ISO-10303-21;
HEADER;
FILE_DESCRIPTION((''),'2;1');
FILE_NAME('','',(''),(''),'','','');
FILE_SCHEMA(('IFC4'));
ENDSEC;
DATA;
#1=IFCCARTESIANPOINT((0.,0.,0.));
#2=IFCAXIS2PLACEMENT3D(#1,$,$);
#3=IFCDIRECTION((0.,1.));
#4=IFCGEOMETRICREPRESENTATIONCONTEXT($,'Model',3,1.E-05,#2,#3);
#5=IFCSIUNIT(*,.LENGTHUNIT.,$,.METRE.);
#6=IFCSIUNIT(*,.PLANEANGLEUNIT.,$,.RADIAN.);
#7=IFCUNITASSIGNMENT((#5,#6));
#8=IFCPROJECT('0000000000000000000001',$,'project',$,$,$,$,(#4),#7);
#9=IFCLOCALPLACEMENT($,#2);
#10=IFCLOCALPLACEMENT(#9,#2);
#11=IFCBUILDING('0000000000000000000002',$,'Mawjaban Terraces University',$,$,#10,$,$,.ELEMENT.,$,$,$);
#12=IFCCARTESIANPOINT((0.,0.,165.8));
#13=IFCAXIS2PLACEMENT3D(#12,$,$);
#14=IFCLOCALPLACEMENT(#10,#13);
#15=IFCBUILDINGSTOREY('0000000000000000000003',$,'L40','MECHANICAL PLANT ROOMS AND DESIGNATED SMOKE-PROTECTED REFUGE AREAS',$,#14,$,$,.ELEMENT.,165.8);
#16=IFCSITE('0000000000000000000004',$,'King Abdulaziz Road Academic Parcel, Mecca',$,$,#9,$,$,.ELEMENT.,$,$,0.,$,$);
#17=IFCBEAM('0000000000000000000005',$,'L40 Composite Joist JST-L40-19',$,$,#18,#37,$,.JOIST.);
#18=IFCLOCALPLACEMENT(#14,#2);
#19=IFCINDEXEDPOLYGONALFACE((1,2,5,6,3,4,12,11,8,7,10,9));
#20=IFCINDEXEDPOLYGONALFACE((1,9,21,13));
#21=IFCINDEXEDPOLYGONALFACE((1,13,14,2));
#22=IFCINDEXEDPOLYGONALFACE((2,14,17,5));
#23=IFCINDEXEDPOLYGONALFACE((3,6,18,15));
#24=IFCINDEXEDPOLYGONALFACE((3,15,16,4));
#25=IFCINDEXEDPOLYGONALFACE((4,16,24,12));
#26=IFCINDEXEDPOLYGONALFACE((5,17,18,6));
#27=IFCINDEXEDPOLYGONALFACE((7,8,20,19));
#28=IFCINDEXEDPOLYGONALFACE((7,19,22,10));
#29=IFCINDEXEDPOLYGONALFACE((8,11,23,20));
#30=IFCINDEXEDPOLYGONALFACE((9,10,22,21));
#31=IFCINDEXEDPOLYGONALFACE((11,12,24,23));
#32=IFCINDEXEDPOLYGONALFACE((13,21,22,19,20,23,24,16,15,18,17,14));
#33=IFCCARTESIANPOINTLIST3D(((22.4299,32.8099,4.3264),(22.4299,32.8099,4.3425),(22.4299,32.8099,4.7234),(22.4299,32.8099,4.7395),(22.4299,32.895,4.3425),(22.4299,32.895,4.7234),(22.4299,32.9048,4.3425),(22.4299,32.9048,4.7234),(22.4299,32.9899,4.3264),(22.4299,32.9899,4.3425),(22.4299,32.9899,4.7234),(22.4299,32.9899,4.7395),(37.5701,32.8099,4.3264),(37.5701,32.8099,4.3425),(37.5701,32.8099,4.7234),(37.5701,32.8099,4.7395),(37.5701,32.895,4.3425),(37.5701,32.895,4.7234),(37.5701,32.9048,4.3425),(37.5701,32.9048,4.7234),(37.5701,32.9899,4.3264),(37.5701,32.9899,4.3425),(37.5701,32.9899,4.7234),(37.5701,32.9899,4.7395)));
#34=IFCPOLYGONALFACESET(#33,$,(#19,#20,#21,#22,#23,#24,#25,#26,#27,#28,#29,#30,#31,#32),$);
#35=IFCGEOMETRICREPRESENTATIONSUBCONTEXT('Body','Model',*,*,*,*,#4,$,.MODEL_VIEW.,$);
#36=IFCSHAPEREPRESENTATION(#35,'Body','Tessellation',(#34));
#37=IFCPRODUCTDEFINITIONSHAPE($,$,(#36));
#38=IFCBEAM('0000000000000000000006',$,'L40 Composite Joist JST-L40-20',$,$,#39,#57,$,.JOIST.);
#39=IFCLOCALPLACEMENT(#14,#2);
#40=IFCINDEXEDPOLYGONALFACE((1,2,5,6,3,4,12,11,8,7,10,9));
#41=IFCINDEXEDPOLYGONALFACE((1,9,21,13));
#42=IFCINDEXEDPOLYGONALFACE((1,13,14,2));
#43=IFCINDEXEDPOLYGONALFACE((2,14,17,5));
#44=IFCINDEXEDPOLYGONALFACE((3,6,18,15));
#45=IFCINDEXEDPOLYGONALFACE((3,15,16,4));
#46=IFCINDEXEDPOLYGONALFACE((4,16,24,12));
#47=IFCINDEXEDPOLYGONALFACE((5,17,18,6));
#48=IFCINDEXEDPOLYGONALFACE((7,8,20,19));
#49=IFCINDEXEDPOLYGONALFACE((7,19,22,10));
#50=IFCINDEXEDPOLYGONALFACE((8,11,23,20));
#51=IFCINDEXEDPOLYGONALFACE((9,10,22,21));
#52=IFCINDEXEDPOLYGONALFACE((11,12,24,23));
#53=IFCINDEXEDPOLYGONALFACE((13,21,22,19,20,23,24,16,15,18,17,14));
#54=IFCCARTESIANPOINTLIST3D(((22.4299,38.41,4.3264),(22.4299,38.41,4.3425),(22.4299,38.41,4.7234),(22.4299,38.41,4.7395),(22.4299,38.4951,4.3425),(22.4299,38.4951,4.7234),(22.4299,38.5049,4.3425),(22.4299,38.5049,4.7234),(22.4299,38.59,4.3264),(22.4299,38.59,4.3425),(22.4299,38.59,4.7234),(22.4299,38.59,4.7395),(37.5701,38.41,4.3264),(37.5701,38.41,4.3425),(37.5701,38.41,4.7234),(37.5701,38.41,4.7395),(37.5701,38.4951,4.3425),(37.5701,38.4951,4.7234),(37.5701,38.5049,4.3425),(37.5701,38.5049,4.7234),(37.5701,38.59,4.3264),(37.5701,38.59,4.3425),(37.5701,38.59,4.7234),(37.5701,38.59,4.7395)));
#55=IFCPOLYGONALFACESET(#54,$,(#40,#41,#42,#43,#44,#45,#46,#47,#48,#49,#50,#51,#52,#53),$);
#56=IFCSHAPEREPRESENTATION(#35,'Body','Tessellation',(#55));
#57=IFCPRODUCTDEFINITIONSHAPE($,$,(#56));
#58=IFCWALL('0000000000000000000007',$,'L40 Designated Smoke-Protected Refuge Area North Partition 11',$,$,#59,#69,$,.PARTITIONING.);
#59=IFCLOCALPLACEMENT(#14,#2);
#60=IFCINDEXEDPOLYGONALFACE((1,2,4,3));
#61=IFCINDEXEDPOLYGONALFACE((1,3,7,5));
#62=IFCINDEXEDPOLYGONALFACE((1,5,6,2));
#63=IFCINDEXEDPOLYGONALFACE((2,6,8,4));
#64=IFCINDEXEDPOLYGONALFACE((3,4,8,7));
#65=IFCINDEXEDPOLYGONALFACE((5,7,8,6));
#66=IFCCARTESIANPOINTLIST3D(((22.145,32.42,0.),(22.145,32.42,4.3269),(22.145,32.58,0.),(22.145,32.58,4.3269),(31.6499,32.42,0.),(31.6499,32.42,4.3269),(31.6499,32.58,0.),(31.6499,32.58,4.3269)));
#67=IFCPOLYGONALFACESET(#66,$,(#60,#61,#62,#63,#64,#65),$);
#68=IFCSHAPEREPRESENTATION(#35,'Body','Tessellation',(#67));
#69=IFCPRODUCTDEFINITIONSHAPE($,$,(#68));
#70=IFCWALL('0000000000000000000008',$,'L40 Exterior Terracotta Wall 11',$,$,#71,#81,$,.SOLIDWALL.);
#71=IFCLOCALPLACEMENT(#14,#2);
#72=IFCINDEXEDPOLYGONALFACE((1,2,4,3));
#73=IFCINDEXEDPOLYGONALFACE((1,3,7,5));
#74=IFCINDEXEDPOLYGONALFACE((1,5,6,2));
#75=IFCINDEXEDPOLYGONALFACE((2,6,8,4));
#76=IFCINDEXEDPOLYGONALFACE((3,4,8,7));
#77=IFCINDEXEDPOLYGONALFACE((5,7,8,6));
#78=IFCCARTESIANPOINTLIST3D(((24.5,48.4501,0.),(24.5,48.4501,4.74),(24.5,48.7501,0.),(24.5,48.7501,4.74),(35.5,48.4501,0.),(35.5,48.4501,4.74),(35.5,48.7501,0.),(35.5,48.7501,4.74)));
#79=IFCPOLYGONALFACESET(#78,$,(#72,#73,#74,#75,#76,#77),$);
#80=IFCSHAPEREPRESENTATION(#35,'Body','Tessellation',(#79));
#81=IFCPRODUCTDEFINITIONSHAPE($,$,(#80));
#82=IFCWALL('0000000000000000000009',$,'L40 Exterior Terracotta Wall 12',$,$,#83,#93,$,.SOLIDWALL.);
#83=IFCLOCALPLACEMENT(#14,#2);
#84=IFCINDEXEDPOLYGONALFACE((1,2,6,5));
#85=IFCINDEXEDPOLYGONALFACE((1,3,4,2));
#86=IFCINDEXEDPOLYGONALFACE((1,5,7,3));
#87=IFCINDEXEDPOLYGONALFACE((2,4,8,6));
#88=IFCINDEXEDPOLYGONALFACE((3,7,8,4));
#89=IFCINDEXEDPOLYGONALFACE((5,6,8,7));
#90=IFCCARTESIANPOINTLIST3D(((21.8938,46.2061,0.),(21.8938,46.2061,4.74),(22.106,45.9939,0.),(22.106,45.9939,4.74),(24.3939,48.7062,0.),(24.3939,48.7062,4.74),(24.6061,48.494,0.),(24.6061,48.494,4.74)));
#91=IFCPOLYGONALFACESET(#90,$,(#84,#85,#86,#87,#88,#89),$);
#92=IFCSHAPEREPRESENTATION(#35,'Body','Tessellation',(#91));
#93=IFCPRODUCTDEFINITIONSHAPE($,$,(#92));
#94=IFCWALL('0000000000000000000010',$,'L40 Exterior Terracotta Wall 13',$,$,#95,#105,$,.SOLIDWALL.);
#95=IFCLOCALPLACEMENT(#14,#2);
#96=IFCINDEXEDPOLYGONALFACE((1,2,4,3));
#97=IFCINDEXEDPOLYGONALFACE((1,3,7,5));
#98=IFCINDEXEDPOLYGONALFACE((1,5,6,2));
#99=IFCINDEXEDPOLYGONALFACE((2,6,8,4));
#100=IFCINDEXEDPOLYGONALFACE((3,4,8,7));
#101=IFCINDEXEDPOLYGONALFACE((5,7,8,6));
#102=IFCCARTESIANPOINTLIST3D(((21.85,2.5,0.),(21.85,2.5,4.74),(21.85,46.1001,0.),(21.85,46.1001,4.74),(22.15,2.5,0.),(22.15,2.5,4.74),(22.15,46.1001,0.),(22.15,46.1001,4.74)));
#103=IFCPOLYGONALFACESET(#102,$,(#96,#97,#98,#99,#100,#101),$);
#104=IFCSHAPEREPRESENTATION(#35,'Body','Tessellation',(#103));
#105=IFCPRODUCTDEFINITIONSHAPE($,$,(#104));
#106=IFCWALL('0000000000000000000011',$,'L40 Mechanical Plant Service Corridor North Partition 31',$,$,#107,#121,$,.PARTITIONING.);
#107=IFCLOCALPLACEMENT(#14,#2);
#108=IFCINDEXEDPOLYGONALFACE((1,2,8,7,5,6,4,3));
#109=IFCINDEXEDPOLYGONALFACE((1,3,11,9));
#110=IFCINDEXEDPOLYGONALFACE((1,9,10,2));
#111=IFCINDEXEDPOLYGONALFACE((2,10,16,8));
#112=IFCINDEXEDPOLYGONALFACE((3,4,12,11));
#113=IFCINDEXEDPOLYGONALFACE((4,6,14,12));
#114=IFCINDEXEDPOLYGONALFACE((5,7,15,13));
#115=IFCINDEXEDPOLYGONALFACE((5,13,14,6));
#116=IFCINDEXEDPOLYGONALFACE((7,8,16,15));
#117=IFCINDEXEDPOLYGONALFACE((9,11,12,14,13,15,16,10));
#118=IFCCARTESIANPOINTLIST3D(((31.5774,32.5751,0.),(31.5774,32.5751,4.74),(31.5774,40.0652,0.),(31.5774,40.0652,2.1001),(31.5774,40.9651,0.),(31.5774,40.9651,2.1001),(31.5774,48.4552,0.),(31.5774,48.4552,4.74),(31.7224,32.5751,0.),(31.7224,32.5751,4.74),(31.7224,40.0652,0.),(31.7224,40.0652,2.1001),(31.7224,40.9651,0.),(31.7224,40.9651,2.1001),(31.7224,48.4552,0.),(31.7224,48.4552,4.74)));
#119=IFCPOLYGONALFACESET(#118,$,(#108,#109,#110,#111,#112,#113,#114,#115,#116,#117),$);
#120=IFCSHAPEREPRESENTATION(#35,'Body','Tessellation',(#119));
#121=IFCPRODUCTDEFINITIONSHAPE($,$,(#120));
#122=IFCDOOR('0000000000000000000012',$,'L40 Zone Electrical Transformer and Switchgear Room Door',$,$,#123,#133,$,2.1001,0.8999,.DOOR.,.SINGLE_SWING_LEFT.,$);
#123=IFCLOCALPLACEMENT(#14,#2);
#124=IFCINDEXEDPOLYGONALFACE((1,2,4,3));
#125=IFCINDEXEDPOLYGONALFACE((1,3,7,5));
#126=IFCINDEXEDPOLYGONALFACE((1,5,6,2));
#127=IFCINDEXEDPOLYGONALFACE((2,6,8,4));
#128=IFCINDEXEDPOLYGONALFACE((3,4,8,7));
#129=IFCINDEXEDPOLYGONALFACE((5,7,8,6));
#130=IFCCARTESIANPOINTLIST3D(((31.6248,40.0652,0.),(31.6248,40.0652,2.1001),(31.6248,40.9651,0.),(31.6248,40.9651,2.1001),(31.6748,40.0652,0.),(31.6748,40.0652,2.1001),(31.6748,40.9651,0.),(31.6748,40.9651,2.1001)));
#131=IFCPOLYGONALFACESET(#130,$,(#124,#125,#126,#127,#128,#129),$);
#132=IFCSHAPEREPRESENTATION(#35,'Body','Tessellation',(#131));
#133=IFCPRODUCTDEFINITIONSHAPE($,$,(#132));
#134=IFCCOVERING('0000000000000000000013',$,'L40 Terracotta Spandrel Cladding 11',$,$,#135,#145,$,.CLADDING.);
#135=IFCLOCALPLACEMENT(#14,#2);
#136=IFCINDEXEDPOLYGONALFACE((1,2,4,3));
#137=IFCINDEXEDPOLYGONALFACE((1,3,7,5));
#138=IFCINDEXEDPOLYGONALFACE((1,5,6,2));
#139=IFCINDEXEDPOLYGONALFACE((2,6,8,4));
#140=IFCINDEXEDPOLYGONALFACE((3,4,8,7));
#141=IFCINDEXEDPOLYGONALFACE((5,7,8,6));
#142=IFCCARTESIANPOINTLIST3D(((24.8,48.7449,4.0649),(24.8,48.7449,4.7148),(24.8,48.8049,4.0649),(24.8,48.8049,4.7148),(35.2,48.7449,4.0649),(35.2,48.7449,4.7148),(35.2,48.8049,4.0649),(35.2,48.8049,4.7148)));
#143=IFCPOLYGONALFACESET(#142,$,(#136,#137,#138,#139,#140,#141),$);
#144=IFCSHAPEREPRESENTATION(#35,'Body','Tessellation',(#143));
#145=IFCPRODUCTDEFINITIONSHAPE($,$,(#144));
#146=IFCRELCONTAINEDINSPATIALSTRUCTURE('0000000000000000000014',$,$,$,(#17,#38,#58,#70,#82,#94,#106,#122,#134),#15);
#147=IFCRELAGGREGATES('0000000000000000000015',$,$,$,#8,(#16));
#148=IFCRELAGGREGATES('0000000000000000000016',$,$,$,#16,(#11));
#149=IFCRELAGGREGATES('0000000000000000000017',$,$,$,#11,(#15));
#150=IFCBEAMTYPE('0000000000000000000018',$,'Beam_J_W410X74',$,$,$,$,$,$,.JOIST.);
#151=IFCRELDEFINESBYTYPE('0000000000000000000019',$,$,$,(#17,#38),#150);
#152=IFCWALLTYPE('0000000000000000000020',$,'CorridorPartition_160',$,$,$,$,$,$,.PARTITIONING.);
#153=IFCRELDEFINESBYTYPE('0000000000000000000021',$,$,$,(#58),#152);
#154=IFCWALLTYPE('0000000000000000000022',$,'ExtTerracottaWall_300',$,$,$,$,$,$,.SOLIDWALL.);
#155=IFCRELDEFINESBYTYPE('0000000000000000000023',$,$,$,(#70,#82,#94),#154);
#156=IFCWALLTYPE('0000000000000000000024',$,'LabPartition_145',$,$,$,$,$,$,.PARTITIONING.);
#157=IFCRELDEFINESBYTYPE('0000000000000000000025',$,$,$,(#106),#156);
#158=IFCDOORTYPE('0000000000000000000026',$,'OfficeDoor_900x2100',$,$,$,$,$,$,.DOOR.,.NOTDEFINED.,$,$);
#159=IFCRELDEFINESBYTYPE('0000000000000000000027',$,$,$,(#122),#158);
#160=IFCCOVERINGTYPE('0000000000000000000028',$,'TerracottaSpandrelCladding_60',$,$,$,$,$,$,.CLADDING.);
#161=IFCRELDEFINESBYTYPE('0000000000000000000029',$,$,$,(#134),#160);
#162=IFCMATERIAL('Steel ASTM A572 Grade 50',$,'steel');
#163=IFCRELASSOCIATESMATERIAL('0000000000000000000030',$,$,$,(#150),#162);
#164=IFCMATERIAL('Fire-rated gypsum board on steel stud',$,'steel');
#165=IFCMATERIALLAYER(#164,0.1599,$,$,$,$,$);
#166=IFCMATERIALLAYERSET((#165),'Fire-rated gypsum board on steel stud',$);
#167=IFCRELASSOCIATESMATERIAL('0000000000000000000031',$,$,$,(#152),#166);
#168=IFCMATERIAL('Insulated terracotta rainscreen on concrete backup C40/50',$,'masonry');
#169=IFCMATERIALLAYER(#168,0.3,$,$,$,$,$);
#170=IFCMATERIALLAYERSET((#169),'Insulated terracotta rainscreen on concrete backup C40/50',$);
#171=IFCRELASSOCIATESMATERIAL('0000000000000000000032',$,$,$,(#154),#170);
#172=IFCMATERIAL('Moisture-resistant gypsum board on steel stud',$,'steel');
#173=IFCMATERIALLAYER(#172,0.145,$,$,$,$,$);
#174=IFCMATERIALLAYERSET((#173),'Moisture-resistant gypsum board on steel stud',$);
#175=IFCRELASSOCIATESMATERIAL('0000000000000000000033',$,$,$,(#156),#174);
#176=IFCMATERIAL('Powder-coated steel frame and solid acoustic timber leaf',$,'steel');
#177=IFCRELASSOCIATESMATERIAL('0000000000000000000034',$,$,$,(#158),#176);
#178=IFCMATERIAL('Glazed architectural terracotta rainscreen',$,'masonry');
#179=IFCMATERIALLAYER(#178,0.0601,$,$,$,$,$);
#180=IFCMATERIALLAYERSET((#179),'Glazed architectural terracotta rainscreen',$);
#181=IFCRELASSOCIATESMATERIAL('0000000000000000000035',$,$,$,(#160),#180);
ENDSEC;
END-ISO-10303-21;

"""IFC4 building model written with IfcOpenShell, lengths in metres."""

from ifc_helpers import new_model, si_unit, direction, frame, frame_2d, origin, origin_2d, place, context, subcontext, project, spatial, rectangle, i_section, extrude, material, layer, layer_set, material_profile, profile_set, type_object, element, fill, save


model = new_model("IFC4")

# Units and contexts
model_context = context("Model", 3, precision=1e-05, world=origin(), true_north=direction((0.0, 1.0)))
body_context = subcontext(model_context, "Body", "Model", "MODEL_VIEW")
ifc_project = project(units=[si_unit("LENGTHUNIT", "METRE"), si_unit("PLANEANGLEUNIT", "RADIAN")], contexts=[model_context])

# Site, building, storey
site_placement = place(None, origin())
site = spatial("IfcSite", under=ifc_project, at=site_placement, Name="King Abdulaziz Road Academic Parcel, Mecca", CompositionType="ELEMENT", RefElevation=0.0)
building_placement = place(site_placement, origin())
building = spatial("IfcBuilding", under=site, at=building_placement, Name="Mawjaban Terraces University", CompositionType="ELEMENT")
storey_placement = place(building_placement, frame((0.0, 0.0, 165.8)))
storey = spatial("IfcBuildingStorey", under=building, at=storey_placement, Name="L40", Description="MECHANICAL PLANT ROOMS AND DESIGNATED SMOKE-PROTECTED REFUGE AREAS", CompositionType="ELEMENT", Elevation=165.8)

# Beams
ifc_material_1 = material(Name="Steel ASTM A572 Grade 50", Category="steel")
ifc_material_profile_1 = material_profile(ifc_material_1, i_section(OverallWidth=0.1799, OverallDepth=0.4131, WebThickness=0.0098, FlangeThickness=0.0161, at=origin_2d()), Name="W410X74")
ifc_profile_set_1 = profile_set([ifc_material_profile_1], Name="Steel ASTM A572 Grade 50")
beam_type_1 = type_object("IfcBeamType", Name="Beam_J_W410X74", PredefinedType="JOIST", material=ifc_profile_set_1)
for number, where, z_axis, x_axis, name in (
    (1, (22.4299, 32.8999, 4.533), (1.0, 0.0, 0.0), (0.0, 1.0, 0.0), "L40 Composite Joist JST-L40-19"),
    (2, (22.4299, 38.5, 4.533), (1.0, 0.0, 0.0), (0.0, 1.0, 0.0), "L40 Composite Joist JST-L40-20"),
):
    element("IfcBeam", number, at=place(storey_placement, frame(where, z_axis=z_axis, x_axis=x_axis)), inside=storey, type_object=beam_type_1, Name=name, PredefinedType="JOIST", context=body_context, shape_type="SweptSolid", body=[
        extrude(i_section(OverallWidth=0.1799, OverallDepth=0.4131, WebThickness=0.0098, FlangeThickness=0.0161, at=origin_2d()), origin(), (0.0, 0.0, 1.0), 15.1401),
    ])

# Walls
ifc_material_2 = material(Name="Fire-rated gypsum board on steel stud", Category="steel")
ifc_layer_1 = layer(ifc_material_2, 0.1599)
ifc_layer_set_1 = layer_set([ifc_layer_1], Name="Fire-rated gypsum board on steel stud")
wall_type_1 = type_object("IfcWallType", Name="CorridorPartition_160", PredefinedType="PARTITIONING", material=ifc_layer_set_1)
wall_1_placement = place(storey_placement, frame((31.6499, 32.5, 0.0), z_axis=(0.0, 0.0, 1.0), x_axis=(-1.0, 0.0, 0.0)))
element("IfcWall", 3, at=wall_1_placement, inside=storey, type_object=wall_type_1, Name="L40 Designated Smoke-Protected Refuge Area North Partition 11", PredefinedType="PARTITIONING", context=body_context, shape_type="SweptSolid", body=[
    extrude(rectangle(XDim=9.5049, YDim=0.1599, at=frame_2d((4.7524, 0.0))), origin(), (0.0, 0.0, 1.0), 4.3269),
])
ifc_material_3 = material(Name="Insulated terracotta rainscreen on concrete backup C40/50", Category="masonry")
ifc_layer_2 = layer(ifc_material_3, 0.3)
ifc_layer_set_2 = layer_set([ifc_layer_2], Name="Insulated terracotta rainscreen on concrete backup C40/50")
wall_type_2 = type_object("IfcWallType", Name="ExtTerracottaWall_300", PredefinedType="SOLIDWALL", material=ifc_layer_set_2)
wall_2_placement = place(storey_placement, frame((35.5, 48.6001, 0.0), z_axis=(0.0, 0.0, 1.0), x_axis=(-1.0, 0.0, 0.0)))
element("IfcWall", 4, at=wall_2_placement, inside=storey, type_object=wall_type_2, Name="L40 Exterior Terracotta Wall 11", PredefinedType="SOLIDWALL", context=body_context, shape_type="SweptSolid", body=[
    extrude(rectangle(XDim=11.0, YDim=0.3, at=frame_2d((5.5, 0.0))), origin(), (0.0, 0.0, 1.0), 4.74),
])
wall_3_placement = place(storey_placement, frame((24.5, 48.6001, 0.0), z_axis=(0.0, 0.0, 1.0), x_axis=(-0.707107, -0.707107, 0.0)))
element("IfcWall", 5, at=wall_3_placement, inside=storey, type_object=wall_type_2, Name="L40 Exterior Terracotta Wall 12", PredefinedType="SOLIDWALL", context=body_context, shape_type="SweptSolid", body=[
    extrude(rectangle(XDim=3.5356, YDim=0.3, at=frame_2d((1.7678, 0.0))), origin(), (0.0, 0.0, 1.0), 4.74),
])
wall_4_placement = place(storey_placement, frame((22.0, 46.1001, 0.0), z_axis=(0.0, 0.0, 1.0), x_axis=(0.0, -1.0, 0.0)))
element("IfcWall", 6, at=wall_4_placement, inside=storey, type_object=wall_type_2, Name="L40 Exterior Terracotta Wall 13", PredefinedType="SOLIDWALL", context=body_context, shape_type="SweptSolid", body=[
    extrude(rectangle(XDim=43.6001, YDim=0.3, at=frame_2d((21.8, 0.0))), origin(), (0.0, 0.0, 1.0), 4.74),
])

# Wall, opening, door
ifc_material_4 = material(Name="Moisture-resistant gypsum board on steel stud", Category="steel")
ifc_layer_3 = layer(ifc_material_4, 0.145)
ifc_layer_set_3 = layer_set([ifc_layer_3], Name="Moisture-resistant gypsum board on steel stud")
wall_type_3 = type_object("IfcWallType", Name="LabPartition_145", PredefinedType="PARTITIONING", material=ifc_layer_set_3)
wall_5_placement = place(storey_placement, frame((31.6499, 48.4551, 0.0), z_axis=(0.0, 0.0, 1.0), x_axis=(0.0, -1.0, 0.0)))
wall_5 = element("IfcWall", 7, at=wall_5_placement, inside=storey, type_object=wall_type_3, Name="L40 Mechanical Plant Service Corridor North Partition 31", PredefinedType="PARTITIONING", context=body_context, shape_type="SweptSolid", body=[
    extrude(rectangle(XDim=15.8801, YDim=0.145, at=frame_2d((7.9399, 0.0))), origin(), (0.0, 0.0, 1.0), 4.74),
])
opening_placement = place(wall_5_placement, frame((7.49, 0.0, 0.0)))
opening = element("IfcOpeningElement", 8, at=opening_placement, cuts=wall_5, PredefinedType="OPENING", context=body_context, shape_type="SweptSolid", body=[
    extrude(rectangle(XDim=0.8999, YDim=2.1001, at=frame_2d((0.45, 1.05))), frame((0.0, 0.0825, 0.0), z_axis=(0.0, -1.0, 0.0), x_axis=(1.0, 0.0, 0.0)), (0.0, 0.0, 1.0), 0.165),
])
ifc_material_5 = material(Name="Powder-coated steel frame and solid acoustic timber leaf", Category="steel")
door_type = type_object("IfcDoorType", Name="OfficeDoor_900x2100", OperationType="NOTDEFINED", PredefinedType="DOOR", material=ifc_material_5)
door_placement = place(opening_placement, origin())
door = element("IfcDoor", 9, at=door_placement, inside=storey, type_object=door_type, Name="L40 Zone Electrical Transformer and Switchgear Room Door", OperationType="SINGLE_SWING_LEFT", OverallHeight=2.1001, OverallWidth=0.8999, PredefinedType="DOOR", context=body_context, shape_type="SweptSolid", body=[
    extrude(rectangle(XDim=0.8999, YDim=2.1001, at=frame_2d((0.45, 1.05))), frame((0.0, 0.0249, 0.0), z_axis=(0.0, -1.0, 0.0), x_axis=(1.0, 0.0, 0.0)), (0.0, 0.0, 1.0), 0.05),
])
fill(opening, door)

# Covering
ifc_material_6 = material(Name="Glazed architectural terracotta rainscreen", Category="masonry")
ifc_layer_4 = layer(ifc_material_6, 0.0601)
ifc_layer_set_4 = layer_set([ifc_layer_4], Name="Glazed architectural terracotta rainscreen")
covering_type = type_object("IfcCoveringType", Name="TerracottaSpandrelCladding_60", PredefinedType="CLADDING", material=ifc_layer_set_4)
covering_placement = place(storey_placement, frame((30.0, 48.7749, 4.0649), z_axis=(0.0, 0.0, 1.0), x_axis=(-1.0, 0.0, 0.0)))
element("IfcCovering", 10, at=covering_placement, inside=storey, type_object=covering_type, Name="L40 Terracotta Spandrel Cladding 11", PredefinedType="CLADDING", context=body_context, shape_type="SweptSolid", body=[
    extrude(rectangle(XDim=10.3999, YDim=0.0601, at=origin_2d()), origin(), (0.0, 0.0, 1.0), 0.6499),
])

save(model, "model.ifc")
